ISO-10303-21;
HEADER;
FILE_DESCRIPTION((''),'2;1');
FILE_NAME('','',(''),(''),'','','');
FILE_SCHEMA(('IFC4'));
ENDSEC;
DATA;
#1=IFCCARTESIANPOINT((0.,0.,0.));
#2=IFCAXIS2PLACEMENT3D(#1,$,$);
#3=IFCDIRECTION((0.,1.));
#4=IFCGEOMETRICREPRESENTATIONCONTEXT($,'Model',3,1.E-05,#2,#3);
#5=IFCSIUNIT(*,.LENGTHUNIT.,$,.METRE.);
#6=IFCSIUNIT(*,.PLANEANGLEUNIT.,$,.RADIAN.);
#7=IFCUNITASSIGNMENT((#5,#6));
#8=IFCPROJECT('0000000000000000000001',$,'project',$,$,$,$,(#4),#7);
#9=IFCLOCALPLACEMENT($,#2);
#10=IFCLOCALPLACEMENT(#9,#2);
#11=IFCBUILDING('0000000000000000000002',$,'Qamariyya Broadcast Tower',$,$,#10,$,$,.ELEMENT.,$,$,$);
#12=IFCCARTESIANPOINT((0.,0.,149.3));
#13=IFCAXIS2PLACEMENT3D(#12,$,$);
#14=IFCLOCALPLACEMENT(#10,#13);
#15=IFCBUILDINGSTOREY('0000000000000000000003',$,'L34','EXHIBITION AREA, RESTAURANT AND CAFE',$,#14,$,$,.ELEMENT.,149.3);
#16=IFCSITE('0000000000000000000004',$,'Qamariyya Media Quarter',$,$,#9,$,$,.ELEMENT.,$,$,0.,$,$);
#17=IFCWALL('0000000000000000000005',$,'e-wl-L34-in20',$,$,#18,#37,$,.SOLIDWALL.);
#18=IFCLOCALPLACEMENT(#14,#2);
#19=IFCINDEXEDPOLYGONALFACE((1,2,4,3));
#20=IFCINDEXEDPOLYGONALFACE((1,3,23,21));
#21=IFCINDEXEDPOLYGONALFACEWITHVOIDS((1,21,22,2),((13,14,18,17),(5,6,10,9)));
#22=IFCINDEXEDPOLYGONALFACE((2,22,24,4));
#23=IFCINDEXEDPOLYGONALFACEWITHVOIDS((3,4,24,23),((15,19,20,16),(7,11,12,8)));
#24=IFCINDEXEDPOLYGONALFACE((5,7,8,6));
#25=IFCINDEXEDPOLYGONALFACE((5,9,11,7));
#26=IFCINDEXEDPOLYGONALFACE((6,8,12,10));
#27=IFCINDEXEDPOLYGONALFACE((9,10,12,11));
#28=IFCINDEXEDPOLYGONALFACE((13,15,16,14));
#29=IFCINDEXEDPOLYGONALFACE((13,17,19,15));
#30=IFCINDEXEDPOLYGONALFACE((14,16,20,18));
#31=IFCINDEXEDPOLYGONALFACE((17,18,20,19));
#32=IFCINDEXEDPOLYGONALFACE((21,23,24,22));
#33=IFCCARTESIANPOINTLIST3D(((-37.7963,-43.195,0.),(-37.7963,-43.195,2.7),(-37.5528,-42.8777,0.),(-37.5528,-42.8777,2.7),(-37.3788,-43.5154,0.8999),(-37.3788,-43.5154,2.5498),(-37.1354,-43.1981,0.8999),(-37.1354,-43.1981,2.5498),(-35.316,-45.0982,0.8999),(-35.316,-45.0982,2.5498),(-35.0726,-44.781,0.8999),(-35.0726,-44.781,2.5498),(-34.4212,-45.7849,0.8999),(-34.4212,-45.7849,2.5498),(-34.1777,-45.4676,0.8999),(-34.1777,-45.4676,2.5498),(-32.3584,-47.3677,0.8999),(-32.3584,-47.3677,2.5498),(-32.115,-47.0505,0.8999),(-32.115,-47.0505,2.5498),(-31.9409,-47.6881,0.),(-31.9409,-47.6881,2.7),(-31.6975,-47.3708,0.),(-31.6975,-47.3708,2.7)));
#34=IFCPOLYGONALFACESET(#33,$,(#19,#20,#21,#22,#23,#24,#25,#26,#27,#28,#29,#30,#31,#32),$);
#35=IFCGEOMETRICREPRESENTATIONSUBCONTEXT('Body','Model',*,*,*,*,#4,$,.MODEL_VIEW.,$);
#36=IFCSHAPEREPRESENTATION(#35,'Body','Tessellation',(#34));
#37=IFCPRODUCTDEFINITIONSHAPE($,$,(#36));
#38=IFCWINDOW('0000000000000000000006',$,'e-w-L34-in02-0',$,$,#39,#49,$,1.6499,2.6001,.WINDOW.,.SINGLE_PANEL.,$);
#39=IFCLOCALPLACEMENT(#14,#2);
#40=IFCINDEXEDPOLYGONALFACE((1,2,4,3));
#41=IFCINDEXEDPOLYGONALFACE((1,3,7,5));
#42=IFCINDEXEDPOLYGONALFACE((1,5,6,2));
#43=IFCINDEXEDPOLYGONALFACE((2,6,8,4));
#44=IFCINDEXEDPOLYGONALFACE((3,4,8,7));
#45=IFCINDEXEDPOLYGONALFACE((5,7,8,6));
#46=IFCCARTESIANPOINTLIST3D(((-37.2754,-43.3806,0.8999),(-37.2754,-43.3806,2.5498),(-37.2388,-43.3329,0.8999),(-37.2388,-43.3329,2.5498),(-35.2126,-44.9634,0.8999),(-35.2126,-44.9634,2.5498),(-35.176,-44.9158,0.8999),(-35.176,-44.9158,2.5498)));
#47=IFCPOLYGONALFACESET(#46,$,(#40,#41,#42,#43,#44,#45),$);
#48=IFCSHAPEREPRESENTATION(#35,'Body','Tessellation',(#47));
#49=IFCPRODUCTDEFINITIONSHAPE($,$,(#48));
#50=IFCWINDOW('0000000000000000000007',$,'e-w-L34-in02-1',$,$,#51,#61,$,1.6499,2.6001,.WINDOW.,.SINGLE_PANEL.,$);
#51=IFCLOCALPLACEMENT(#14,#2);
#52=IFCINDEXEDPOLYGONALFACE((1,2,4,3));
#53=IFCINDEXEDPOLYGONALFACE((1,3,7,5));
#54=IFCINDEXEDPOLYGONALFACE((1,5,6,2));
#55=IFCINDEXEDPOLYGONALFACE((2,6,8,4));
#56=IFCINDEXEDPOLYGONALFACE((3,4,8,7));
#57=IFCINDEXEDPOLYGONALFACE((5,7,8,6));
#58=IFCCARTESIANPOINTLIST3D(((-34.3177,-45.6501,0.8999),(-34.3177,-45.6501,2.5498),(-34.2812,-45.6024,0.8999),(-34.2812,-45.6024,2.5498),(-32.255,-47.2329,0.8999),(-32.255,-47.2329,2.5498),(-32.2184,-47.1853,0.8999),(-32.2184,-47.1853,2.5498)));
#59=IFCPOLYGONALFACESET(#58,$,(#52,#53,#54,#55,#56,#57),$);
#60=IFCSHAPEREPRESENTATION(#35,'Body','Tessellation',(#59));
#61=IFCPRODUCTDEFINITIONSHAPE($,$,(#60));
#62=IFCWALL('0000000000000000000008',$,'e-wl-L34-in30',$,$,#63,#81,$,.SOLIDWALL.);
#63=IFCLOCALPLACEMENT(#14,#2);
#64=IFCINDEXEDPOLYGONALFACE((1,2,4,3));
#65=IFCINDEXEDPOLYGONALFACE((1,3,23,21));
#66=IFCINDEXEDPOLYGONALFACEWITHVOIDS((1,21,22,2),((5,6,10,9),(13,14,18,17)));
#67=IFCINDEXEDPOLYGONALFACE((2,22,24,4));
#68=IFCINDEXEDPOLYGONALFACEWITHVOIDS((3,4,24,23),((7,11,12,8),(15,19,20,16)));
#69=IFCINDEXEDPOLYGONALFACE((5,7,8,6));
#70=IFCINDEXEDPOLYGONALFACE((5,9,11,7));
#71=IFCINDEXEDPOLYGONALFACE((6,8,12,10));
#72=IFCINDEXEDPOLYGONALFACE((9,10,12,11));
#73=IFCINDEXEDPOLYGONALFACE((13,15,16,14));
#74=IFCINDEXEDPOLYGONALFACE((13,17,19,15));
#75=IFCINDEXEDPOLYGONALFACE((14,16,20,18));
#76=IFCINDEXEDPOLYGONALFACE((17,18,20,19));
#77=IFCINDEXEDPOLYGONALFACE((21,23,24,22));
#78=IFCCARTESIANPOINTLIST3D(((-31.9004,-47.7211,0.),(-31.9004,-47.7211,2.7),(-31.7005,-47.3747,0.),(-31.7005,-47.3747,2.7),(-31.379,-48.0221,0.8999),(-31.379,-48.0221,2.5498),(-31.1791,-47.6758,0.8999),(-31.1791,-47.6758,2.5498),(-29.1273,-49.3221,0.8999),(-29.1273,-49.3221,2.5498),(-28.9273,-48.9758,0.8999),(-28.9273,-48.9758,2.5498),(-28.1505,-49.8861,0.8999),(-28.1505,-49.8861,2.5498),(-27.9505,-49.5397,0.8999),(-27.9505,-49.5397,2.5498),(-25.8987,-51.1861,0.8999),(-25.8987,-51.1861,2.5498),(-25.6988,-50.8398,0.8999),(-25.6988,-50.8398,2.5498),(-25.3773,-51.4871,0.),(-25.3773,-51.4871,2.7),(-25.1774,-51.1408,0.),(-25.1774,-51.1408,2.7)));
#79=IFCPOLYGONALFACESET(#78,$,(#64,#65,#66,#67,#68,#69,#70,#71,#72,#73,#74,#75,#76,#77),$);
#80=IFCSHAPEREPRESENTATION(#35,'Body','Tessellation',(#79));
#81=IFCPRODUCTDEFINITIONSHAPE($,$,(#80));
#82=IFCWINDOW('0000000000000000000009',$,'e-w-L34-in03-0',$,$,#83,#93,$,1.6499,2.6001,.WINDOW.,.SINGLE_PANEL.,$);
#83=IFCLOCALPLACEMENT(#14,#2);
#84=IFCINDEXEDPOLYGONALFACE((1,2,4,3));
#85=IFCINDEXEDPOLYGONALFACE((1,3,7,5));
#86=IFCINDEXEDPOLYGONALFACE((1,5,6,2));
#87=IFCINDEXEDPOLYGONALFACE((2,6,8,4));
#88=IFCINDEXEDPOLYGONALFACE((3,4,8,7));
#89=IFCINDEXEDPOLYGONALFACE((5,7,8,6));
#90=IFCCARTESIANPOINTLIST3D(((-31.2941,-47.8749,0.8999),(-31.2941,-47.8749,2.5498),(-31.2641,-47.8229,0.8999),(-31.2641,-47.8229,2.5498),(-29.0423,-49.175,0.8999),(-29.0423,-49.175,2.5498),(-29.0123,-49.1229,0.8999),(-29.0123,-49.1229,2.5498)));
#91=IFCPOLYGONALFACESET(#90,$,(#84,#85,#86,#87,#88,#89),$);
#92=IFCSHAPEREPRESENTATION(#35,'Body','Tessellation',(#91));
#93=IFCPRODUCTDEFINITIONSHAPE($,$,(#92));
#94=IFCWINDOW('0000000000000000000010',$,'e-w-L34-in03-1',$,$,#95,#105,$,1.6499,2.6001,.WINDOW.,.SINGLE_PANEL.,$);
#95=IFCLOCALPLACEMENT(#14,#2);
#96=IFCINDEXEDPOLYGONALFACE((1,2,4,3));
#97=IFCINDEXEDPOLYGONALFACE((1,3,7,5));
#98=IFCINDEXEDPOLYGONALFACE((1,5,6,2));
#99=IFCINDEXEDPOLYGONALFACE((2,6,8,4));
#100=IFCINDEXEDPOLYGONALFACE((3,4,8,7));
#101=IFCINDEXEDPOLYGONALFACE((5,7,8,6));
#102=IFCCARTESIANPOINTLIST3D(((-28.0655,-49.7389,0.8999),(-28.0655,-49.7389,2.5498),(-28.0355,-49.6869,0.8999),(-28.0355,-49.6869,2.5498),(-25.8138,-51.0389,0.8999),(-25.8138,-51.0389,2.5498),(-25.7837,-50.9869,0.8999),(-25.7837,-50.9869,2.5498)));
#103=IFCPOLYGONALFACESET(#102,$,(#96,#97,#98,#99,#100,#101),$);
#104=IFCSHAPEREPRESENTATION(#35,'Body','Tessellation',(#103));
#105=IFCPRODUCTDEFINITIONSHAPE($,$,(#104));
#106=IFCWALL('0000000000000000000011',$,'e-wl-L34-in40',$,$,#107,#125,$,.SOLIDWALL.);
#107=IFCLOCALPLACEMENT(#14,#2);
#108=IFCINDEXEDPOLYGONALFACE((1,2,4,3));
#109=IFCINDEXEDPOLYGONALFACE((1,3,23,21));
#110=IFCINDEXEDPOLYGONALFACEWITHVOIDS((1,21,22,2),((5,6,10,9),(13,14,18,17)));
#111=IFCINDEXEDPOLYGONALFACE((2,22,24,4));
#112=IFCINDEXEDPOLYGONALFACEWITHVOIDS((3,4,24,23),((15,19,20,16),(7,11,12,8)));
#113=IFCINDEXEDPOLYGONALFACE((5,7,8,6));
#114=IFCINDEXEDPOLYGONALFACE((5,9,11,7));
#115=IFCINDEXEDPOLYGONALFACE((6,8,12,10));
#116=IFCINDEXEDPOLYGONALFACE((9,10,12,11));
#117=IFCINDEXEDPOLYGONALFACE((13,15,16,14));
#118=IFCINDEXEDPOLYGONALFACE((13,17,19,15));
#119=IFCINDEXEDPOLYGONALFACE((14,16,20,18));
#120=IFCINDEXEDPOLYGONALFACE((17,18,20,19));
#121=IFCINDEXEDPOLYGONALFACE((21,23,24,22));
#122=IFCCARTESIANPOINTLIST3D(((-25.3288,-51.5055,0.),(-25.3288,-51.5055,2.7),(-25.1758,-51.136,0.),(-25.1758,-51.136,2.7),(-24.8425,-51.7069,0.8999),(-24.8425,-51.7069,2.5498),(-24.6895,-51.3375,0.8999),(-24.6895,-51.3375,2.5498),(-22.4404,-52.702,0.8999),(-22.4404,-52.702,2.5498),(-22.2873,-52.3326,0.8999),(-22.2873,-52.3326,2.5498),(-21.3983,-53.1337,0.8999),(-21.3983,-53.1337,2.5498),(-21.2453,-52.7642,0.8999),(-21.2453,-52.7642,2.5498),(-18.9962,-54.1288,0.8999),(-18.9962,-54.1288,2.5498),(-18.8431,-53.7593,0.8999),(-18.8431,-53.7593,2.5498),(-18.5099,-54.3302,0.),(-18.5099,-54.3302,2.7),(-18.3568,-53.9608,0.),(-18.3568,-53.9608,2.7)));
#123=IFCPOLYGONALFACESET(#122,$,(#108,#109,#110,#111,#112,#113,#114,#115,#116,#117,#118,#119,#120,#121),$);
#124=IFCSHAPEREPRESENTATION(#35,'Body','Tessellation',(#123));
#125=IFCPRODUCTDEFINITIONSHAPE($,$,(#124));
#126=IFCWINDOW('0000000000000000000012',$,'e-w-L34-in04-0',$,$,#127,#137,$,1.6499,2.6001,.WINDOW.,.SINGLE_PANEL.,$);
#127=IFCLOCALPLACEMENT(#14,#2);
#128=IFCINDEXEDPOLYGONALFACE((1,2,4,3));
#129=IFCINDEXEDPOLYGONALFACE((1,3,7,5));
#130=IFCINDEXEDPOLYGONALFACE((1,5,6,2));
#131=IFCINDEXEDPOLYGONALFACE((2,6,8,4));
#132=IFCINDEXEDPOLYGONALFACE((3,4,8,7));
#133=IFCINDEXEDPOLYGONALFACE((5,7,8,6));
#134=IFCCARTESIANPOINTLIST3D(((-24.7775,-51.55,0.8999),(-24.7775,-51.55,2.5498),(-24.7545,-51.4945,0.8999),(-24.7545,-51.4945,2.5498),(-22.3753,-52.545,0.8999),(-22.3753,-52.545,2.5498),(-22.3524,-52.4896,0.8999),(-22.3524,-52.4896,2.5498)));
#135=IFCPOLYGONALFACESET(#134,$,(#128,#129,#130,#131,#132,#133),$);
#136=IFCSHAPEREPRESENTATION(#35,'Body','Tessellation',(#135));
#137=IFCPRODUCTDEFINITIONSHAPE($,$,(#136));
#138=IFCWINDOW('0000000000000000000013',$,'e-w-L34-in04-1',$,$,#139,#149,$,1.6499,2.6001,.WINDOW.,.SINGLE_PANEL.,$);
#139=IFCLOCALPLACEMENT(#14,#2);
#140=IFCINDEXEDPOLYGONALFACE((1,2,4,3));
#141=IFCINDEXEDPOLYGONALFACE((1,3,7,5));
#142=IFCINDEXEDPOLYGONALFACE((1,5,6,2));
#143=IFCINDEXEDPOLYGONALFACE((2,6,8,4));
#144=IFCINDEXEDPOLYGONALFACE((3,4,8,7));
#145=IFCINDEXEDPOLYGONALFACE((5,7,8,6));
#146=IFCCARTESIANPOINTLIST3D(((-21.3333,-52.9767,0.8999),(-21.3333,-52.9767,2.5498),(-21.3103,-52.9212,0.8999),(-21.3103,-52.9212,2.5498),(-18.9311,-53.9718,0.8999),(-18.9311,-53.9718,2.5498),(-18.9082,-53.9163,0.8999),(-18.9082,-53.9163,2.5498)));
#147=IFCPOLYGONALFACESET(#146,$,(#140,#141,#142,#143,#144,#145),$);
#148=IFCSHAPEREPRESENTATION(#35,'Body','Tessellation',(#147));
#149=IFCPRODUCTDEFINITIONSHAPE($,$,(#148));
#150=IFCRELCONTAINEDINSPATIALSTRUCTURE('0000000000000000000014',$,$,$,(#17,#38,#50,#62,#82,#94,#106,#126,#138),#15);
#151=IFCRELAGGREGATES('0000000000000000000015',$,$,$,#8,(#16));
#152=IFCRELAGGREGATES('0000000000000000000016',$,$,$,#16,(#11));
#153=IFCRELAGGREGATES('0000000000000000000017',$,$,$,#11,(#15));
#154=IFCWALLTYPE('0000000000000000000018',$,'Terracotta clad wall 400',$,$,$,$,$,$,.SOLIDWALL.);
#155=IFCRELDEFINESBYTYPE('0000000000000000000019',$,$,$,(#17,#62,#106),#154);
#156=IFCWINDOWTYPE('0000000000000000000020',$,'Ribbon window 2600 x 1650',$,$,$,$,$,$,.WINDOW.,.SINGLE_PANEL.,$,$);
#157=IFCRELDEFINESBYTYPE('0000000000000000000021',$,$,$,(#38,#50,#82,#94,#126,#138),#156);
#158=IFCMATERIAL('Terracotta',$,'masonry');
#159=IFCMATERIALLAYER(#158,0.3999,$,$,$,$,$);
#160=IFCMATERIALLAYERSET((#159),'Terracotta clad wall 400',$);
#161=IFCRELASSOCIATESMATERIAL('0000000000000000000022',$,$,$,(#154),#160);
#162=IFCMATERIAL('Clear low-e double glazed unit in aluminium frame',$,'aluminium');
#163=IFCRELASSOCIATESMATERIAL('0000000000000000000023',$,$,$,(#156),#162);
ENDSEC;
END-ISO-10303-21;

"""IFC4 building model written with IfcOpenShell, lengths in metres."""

from ifc_helpers import new_model, si_unit, direction, frame, frame_2d, origin, place, context, subcontext, project, spatial, rectangle, extrude, material, layer, layer_set, type_object, element, fill, save


model = new_model("IFC4")

# Units and contexts
model_context = context("Model", 3, precision=1e-05, world=origin(), true_north=direction((0.0, 1.0)))
body_context = subcontext(model_context, "Body", "Model", "MODEL_VIEW")
ifc_project = project(units=[si_unit("LENGTHUNIT", "METRE"), si_unit("PLANEANGLEUNIT", "RADIAN")], contexts=[model_context])

# Site, building, storey
site_placement = place(None, origin())
site = spatial("IfcSite", under=ifc_project, at=site_placement, Name="Qamariyya Media Quarter", CompositionType="ELEMENT", RefElevation=0.0)
building_placement = place(site_placement, origin())
building = spatial("IfcBuilding", under=site, at=building_placement, Name="Qamariyya Broadcast Tower", CompositionType="ELEMENT")
storey_placement = place(building_placement, frame((0.0, 0.0, 149.3)))
storey = spatial("IfcBuildingStorey", under=building, at=storey_placement, Name="L34", Description="EXHIBITION AREA, RESTAURANT AND CAFE", CompositionType="ELEMENT", Elevation=149.3)

# Walls, openings, windows
ifc_material_1 = material(Name="Terracotta", Category="masonry")
ifc_layer_1 = layer(ifc_material_1, 0.3999)
ifc_layer_set_1 = layer_set([ifc_layer_1], Name="Terracotta clad wall 400")
wall_type_1 = type_object("IfcWallType", Name="Terracotta clad wall 400", PredefinedType="SOLIDWALL", material=ifc_layer_set_1)
wall_1_placement = place(storey_placement, frame((-31.8191, -47.5295, 0.0), z_axis=(0.0, 0.0, 1.0), x_axis=(-0.793346, 0.60877, 0.0)))
wall_1 = element("IfcWall", 1, at=wall_1_placement, inside=storey, type_object=wall_type_1, Name="e-wl-L34-in20", PredefinedType="SOLIDWALL", context=body_context, shape_type="SweptSolid", body=[
    extrude(rectangle(XDim=7.3806, YDim=0.3999, at=frame_2d((3.6904, 0.0))), origin(), (0.0, 0.0, 1.0), 2.7),
])
opening_1_placement = place(wall_1_placement, frame((4.2544, 0.0, 0.8999)))
opening_1 = element("IfcOpeningElement", 2, at=opening_1_placement, cuts=wall_1, PredefinedType="OPENING", context=body_context, shape_type="SweptSolid", body=[
    extrude(rectangle(XDim=2.6001, YDim=1.6499, at=frame_2d((1.3, 0.825))), frame((0.0, 0.21, 0.0), z_axis=(0.0, -1.0, 0.0), x_axis=(1.0, 0.0, 0.0)), (0.0, 0.0, 1.0), 0.4199),
])
opening_2_placement = place(wall_1_placement, frame((0.5264, 0.0, 0.8999)))
opening_2 = element("IfcOpeningElement", 3, at=opening_2_placement, cuts=wall_1, PredefinedType="OPENING", context=body_context, shape_type="SweptSolid", body=[
    extrude(rectangle(XDim=2.6001, YDim=1.6499, at=frame_2d((1.3, 0.825))), frame((0.0, 0.21, 0.0), z_axis=(0.0, -1.0, 0.0), x_axis=(1.0, 0.0, 0.0)), (0.0, 0.0, 1.0), 0.4199),
])
ifc_material_2 = material(Name="Clear low-e double glazed unit in aluminium frame", Category="aluminium")
window_type = type_object("IfcWindowType", Name="Ribbon window 2600 x 1650", PartitioningType="SINGLE_PANEL", PredefinedType="WINDOW", material=ifc_material_2)
window_1_placement = place(opening_1_placement, origin())
window_1 = element("IfcWindow", 4, at=window_1_placement, inside=storey, type_object=window_type, Name="e-w-L34-in02-0", OverallHeight=1.6499, OverallWidth=2.6001, PartitioningType="SINGLE_PANEL", PredefinedType="WINDOW", context=body_context, shape_type="SweptSolid", body=[
    extrude(rectangle(XDim=2.6001, YDim=1.6499, at=frame_2d((1.3, 0.825))), frame((0.0, 0.03, 0.0), z_axis=(0.0, -1.0, 0.0), x_axis=(1.0, 0.0, 0.0)), (0.0, 0.0, 1.0), 0.0601),
])
fill(opening_1, window_1)
window_2_placement = place(opening_2_placement, origin())
window_2 = element("IfcWindow", 5, at=window_2_placement, inside=storey, type_object=window_type, Name="e-w-L34-in02-1", OverallHeight=1.6499, OverallWidth=2.6001, PartitioningType="SINGLE_PANEL", PredefinedType="WINDOW", context=body_context, shape_type="SweptSolid", body=[
    extrude(rectangle(XDim=2.6001, YDim=1.6499, at=frame_2d((1.3, 0.825))), frame((0.0, 0.03, 0.0), z_axis=(0.0, -1.0, 0.0), x_axis=(1.0, 0.0, 0.0)), (0.0, 0.0, 1.0), 0.0601),
])
fill(opening_2, window_2)
wall_2_placement = place(storey_placement, frame((-25.2773, -51.314, 0.0), z_axis=(0.0, 0.0, 1.0), x_axis=(-0.866029, 0.499995, 0.0)))
wall_2 = element("IfcWall", 6, at=wall_2_placement, inside=storey, type_object=wall_type_1, Name="e-wl-L34-in30", PredefinedType="SOLIDWALL", context=body_context, shape_type="SweptSolid", body=[
    extrude(rectangle(XDim=7.5322, YDim=0.3999, at=frame_2d((3.7661, 0.0))), origin(), (0.0, 0.0, 1.0), 2.7),
])
opening_3_placement = place(wall_2_placement, frame((4.3301, 0.0, 0.8999)))
opening_3 = element("IfcOpeningElement", 7, at=opening_3_placement, cuts=wall_2, PredefinedType="OPENING", context=body_context, shape_type="SweptSolid", body=[
    extrude(rectangle(XDim=2.6001, YDim=1.6499, at=frame_2d((1.3, 0.825))), frame((0.0, 0.21, 0.0), z_axis=(0.0, -1.0, 0.0), x_axis=(1.0, 0.0, 0.0)), (0.0, 0.0, 1.0), 0.4199),
])
opening_4_placement = place(wall_2_placement, frame((0.6021, 0.0, 0.8999)))
opening_4 = element("IfcOpeningElement", 8, at=opening_4_placement, cuts=wall_2, PredefinedType="OPENING", context=body_context, shape_type="SweptSolid", body=[
    extrude(rectangle(XDim=2.6001, YDim=1.6499, at=frame_2d((1.3, 0.825))), frame((0.0, 0.21, 0.0), z_axis=(0.0, -1.0, 0.0), x_axis=(1.0, 0.0, 0.0)), (0.0, 0.0, 1.0), 0.4199),
])
window_3_placement = place(opening_3_placement, origin())
window_3 = element("IfcWindow", 9, at=window_3_placement, inside=storey, type_object=window_type, Name="e-w-L34-in03-0", OverallHeight=1.6499, OverallWidth=2.6001, PartitioningType="SINGLE_PANEL", PredefinedType="WINDOW", context=body_context, shape_type="SweptSolid", body=[
    extrude(rectangle(XDim=2.6001, YDim=1.6499, at=frame_2d((1.3, 0.825))), frame((0.0, 0.03, 0.0), z_axis=(0.0, -1.0, 0.0), x_axis=(1.0, 0.0, 0.0)), (0.0, 0.0, 1.0), 0.0601),
])
fill(opening_3, window_3)
window_4_placement = place(opening_4_placement, origin())
window_4 = element("IfcWindow", 10, at=window_4_placement, inside=storey, type_object=window_type, Name="e-w-L34-in03-1", OverallHeight=1.6499, OverallWidth=2.6001, PartitioningType="SINGLE_PANEL", PredefinedType="WINDOW", context=body_context, shape_type="SweptSolid", body=[
    extrude(rectangle(XDim=2.6001, YDim=1.6499, at=frame_2d((1.3, 0.825))), frame((0.0, 0.03, 0.0), z_axis=(0.0, -1.0, 0.0), x_axis=(1.0, 0.0, 0.0)), (0.0, 0.0, 1.0), 0.0601),
])
fill(opening_4, window_4)
wall_3_placement = place(storey_placement, frame((-18.4333, -54.1455, 0.0), z_axis=(0.0, 0.0, 1.0), x_axis=(-0.923868, 0.382712, 0.0)))
wall_3 = element("IfcWall", 11, at=wall_3_placement, inside=storey, type_object=wall_type_1, Name="e-wl-L34-in40", PredefinedType="SOLIDWALL", context=body_context, shape_type="SweptSolid", body=[
    extrude(rectangle(XDim=7.3809, YDim=0.3999, at=frame_2d((3.6904, 0.0))), origin(), (0.0, 0.0, 1.0), 2.7),
])
opening_5_placement = place(wall_3_placement, frame((4.2544, 0.0, 0.8999)))
opening_5 = element("IfcOpeningElement", 12, at=opening_5_placement, cuts=wall_3, PredefinedType="OPENING", context=body_context, shape_type="SweptSolid", body=[
    extrude(rectangle(XDim=2.6001, YDim=1.6499, at=frame_2d((1.3, 0.825))), frame((0.0, 0.21, 0.0), z_axis=(0.0, -1.0, 0.0), x_axis=(1.0, 0.0, 0.0)), (0.0, 0.0, 1.0), 0.4199),
])
opening_6_placement = place(wall_3_placement, frame((0.5264, 0.0, 0.8999)))
opening_6 = element("IfcOpeningElement", 13, at=opening_6_placement, cuts=wall_3, PredefinedType="OPENING", context=body_context, shape_type="SweptSolid", body=[
    extrude(rectangle(XDim=2.6001, YDim=1.6499, at=frame_2d((1.3, 0.825))), frame((0.0, 0.21, 0.0), z_axis=(0.0, -1.0, 0.0), x_axis=(1.0, 0.0, 0.0)), (0.0, 0.0, 1.0), 0.4199),
])
window_5_placement = place(opening_5_placement, origin())
window_5 = element("IfcWindow", 14, at=window_5_placement, inside=storey, type_object=window_type, Name="e-w-L34-in04-0", OverallHeight=1.6499, OverallWidth=2.6001, PartitioningType="SINGLE_PANEL", PredefinedType="WINDOW", context=body_context, shape_type="SweptSolid", body=[
    extrude(rectangle(XDim=2.6001, YDim=1.6499, at=frame_2d((1.3, 0.825))), frame((0.0, 0.03, 0.0), z_axis=(0.0, -1.0, 0.0), x_axis=(1.0, 0.0, 0.0)), (0.0, 0.0, 1.0), 0.0601),
])
fill(opening_5, window_5)
window_6_placement = place(opening_6_placement, origin())
window_6 = element("IfcWindow", 15, at=window_6_placement, inside=storey, type_object=window_type, Name="e-w-L34-in04-1", OverallHeight=1.6499, OverallWidth=2.6001, PartitioningType="SINGLE_PANEL", PredefinedType="WINDOW", context=body_context, shape_type="SweptSolid", body=[
    extrude(rectangle(XDim=2.6001, YDim=1.6499, at=frame_2d((1.3, 0.825))), frame((0.0, 0.03, 0.0), z_axis=(0.0, -1.0, 0.0), x_axis=(1.0, 0.0, 0.0)), (0.0, 0.0, 1.0), 0.0601),
])
fill(opening_6, window_6)

save(model, "model.ifc")
